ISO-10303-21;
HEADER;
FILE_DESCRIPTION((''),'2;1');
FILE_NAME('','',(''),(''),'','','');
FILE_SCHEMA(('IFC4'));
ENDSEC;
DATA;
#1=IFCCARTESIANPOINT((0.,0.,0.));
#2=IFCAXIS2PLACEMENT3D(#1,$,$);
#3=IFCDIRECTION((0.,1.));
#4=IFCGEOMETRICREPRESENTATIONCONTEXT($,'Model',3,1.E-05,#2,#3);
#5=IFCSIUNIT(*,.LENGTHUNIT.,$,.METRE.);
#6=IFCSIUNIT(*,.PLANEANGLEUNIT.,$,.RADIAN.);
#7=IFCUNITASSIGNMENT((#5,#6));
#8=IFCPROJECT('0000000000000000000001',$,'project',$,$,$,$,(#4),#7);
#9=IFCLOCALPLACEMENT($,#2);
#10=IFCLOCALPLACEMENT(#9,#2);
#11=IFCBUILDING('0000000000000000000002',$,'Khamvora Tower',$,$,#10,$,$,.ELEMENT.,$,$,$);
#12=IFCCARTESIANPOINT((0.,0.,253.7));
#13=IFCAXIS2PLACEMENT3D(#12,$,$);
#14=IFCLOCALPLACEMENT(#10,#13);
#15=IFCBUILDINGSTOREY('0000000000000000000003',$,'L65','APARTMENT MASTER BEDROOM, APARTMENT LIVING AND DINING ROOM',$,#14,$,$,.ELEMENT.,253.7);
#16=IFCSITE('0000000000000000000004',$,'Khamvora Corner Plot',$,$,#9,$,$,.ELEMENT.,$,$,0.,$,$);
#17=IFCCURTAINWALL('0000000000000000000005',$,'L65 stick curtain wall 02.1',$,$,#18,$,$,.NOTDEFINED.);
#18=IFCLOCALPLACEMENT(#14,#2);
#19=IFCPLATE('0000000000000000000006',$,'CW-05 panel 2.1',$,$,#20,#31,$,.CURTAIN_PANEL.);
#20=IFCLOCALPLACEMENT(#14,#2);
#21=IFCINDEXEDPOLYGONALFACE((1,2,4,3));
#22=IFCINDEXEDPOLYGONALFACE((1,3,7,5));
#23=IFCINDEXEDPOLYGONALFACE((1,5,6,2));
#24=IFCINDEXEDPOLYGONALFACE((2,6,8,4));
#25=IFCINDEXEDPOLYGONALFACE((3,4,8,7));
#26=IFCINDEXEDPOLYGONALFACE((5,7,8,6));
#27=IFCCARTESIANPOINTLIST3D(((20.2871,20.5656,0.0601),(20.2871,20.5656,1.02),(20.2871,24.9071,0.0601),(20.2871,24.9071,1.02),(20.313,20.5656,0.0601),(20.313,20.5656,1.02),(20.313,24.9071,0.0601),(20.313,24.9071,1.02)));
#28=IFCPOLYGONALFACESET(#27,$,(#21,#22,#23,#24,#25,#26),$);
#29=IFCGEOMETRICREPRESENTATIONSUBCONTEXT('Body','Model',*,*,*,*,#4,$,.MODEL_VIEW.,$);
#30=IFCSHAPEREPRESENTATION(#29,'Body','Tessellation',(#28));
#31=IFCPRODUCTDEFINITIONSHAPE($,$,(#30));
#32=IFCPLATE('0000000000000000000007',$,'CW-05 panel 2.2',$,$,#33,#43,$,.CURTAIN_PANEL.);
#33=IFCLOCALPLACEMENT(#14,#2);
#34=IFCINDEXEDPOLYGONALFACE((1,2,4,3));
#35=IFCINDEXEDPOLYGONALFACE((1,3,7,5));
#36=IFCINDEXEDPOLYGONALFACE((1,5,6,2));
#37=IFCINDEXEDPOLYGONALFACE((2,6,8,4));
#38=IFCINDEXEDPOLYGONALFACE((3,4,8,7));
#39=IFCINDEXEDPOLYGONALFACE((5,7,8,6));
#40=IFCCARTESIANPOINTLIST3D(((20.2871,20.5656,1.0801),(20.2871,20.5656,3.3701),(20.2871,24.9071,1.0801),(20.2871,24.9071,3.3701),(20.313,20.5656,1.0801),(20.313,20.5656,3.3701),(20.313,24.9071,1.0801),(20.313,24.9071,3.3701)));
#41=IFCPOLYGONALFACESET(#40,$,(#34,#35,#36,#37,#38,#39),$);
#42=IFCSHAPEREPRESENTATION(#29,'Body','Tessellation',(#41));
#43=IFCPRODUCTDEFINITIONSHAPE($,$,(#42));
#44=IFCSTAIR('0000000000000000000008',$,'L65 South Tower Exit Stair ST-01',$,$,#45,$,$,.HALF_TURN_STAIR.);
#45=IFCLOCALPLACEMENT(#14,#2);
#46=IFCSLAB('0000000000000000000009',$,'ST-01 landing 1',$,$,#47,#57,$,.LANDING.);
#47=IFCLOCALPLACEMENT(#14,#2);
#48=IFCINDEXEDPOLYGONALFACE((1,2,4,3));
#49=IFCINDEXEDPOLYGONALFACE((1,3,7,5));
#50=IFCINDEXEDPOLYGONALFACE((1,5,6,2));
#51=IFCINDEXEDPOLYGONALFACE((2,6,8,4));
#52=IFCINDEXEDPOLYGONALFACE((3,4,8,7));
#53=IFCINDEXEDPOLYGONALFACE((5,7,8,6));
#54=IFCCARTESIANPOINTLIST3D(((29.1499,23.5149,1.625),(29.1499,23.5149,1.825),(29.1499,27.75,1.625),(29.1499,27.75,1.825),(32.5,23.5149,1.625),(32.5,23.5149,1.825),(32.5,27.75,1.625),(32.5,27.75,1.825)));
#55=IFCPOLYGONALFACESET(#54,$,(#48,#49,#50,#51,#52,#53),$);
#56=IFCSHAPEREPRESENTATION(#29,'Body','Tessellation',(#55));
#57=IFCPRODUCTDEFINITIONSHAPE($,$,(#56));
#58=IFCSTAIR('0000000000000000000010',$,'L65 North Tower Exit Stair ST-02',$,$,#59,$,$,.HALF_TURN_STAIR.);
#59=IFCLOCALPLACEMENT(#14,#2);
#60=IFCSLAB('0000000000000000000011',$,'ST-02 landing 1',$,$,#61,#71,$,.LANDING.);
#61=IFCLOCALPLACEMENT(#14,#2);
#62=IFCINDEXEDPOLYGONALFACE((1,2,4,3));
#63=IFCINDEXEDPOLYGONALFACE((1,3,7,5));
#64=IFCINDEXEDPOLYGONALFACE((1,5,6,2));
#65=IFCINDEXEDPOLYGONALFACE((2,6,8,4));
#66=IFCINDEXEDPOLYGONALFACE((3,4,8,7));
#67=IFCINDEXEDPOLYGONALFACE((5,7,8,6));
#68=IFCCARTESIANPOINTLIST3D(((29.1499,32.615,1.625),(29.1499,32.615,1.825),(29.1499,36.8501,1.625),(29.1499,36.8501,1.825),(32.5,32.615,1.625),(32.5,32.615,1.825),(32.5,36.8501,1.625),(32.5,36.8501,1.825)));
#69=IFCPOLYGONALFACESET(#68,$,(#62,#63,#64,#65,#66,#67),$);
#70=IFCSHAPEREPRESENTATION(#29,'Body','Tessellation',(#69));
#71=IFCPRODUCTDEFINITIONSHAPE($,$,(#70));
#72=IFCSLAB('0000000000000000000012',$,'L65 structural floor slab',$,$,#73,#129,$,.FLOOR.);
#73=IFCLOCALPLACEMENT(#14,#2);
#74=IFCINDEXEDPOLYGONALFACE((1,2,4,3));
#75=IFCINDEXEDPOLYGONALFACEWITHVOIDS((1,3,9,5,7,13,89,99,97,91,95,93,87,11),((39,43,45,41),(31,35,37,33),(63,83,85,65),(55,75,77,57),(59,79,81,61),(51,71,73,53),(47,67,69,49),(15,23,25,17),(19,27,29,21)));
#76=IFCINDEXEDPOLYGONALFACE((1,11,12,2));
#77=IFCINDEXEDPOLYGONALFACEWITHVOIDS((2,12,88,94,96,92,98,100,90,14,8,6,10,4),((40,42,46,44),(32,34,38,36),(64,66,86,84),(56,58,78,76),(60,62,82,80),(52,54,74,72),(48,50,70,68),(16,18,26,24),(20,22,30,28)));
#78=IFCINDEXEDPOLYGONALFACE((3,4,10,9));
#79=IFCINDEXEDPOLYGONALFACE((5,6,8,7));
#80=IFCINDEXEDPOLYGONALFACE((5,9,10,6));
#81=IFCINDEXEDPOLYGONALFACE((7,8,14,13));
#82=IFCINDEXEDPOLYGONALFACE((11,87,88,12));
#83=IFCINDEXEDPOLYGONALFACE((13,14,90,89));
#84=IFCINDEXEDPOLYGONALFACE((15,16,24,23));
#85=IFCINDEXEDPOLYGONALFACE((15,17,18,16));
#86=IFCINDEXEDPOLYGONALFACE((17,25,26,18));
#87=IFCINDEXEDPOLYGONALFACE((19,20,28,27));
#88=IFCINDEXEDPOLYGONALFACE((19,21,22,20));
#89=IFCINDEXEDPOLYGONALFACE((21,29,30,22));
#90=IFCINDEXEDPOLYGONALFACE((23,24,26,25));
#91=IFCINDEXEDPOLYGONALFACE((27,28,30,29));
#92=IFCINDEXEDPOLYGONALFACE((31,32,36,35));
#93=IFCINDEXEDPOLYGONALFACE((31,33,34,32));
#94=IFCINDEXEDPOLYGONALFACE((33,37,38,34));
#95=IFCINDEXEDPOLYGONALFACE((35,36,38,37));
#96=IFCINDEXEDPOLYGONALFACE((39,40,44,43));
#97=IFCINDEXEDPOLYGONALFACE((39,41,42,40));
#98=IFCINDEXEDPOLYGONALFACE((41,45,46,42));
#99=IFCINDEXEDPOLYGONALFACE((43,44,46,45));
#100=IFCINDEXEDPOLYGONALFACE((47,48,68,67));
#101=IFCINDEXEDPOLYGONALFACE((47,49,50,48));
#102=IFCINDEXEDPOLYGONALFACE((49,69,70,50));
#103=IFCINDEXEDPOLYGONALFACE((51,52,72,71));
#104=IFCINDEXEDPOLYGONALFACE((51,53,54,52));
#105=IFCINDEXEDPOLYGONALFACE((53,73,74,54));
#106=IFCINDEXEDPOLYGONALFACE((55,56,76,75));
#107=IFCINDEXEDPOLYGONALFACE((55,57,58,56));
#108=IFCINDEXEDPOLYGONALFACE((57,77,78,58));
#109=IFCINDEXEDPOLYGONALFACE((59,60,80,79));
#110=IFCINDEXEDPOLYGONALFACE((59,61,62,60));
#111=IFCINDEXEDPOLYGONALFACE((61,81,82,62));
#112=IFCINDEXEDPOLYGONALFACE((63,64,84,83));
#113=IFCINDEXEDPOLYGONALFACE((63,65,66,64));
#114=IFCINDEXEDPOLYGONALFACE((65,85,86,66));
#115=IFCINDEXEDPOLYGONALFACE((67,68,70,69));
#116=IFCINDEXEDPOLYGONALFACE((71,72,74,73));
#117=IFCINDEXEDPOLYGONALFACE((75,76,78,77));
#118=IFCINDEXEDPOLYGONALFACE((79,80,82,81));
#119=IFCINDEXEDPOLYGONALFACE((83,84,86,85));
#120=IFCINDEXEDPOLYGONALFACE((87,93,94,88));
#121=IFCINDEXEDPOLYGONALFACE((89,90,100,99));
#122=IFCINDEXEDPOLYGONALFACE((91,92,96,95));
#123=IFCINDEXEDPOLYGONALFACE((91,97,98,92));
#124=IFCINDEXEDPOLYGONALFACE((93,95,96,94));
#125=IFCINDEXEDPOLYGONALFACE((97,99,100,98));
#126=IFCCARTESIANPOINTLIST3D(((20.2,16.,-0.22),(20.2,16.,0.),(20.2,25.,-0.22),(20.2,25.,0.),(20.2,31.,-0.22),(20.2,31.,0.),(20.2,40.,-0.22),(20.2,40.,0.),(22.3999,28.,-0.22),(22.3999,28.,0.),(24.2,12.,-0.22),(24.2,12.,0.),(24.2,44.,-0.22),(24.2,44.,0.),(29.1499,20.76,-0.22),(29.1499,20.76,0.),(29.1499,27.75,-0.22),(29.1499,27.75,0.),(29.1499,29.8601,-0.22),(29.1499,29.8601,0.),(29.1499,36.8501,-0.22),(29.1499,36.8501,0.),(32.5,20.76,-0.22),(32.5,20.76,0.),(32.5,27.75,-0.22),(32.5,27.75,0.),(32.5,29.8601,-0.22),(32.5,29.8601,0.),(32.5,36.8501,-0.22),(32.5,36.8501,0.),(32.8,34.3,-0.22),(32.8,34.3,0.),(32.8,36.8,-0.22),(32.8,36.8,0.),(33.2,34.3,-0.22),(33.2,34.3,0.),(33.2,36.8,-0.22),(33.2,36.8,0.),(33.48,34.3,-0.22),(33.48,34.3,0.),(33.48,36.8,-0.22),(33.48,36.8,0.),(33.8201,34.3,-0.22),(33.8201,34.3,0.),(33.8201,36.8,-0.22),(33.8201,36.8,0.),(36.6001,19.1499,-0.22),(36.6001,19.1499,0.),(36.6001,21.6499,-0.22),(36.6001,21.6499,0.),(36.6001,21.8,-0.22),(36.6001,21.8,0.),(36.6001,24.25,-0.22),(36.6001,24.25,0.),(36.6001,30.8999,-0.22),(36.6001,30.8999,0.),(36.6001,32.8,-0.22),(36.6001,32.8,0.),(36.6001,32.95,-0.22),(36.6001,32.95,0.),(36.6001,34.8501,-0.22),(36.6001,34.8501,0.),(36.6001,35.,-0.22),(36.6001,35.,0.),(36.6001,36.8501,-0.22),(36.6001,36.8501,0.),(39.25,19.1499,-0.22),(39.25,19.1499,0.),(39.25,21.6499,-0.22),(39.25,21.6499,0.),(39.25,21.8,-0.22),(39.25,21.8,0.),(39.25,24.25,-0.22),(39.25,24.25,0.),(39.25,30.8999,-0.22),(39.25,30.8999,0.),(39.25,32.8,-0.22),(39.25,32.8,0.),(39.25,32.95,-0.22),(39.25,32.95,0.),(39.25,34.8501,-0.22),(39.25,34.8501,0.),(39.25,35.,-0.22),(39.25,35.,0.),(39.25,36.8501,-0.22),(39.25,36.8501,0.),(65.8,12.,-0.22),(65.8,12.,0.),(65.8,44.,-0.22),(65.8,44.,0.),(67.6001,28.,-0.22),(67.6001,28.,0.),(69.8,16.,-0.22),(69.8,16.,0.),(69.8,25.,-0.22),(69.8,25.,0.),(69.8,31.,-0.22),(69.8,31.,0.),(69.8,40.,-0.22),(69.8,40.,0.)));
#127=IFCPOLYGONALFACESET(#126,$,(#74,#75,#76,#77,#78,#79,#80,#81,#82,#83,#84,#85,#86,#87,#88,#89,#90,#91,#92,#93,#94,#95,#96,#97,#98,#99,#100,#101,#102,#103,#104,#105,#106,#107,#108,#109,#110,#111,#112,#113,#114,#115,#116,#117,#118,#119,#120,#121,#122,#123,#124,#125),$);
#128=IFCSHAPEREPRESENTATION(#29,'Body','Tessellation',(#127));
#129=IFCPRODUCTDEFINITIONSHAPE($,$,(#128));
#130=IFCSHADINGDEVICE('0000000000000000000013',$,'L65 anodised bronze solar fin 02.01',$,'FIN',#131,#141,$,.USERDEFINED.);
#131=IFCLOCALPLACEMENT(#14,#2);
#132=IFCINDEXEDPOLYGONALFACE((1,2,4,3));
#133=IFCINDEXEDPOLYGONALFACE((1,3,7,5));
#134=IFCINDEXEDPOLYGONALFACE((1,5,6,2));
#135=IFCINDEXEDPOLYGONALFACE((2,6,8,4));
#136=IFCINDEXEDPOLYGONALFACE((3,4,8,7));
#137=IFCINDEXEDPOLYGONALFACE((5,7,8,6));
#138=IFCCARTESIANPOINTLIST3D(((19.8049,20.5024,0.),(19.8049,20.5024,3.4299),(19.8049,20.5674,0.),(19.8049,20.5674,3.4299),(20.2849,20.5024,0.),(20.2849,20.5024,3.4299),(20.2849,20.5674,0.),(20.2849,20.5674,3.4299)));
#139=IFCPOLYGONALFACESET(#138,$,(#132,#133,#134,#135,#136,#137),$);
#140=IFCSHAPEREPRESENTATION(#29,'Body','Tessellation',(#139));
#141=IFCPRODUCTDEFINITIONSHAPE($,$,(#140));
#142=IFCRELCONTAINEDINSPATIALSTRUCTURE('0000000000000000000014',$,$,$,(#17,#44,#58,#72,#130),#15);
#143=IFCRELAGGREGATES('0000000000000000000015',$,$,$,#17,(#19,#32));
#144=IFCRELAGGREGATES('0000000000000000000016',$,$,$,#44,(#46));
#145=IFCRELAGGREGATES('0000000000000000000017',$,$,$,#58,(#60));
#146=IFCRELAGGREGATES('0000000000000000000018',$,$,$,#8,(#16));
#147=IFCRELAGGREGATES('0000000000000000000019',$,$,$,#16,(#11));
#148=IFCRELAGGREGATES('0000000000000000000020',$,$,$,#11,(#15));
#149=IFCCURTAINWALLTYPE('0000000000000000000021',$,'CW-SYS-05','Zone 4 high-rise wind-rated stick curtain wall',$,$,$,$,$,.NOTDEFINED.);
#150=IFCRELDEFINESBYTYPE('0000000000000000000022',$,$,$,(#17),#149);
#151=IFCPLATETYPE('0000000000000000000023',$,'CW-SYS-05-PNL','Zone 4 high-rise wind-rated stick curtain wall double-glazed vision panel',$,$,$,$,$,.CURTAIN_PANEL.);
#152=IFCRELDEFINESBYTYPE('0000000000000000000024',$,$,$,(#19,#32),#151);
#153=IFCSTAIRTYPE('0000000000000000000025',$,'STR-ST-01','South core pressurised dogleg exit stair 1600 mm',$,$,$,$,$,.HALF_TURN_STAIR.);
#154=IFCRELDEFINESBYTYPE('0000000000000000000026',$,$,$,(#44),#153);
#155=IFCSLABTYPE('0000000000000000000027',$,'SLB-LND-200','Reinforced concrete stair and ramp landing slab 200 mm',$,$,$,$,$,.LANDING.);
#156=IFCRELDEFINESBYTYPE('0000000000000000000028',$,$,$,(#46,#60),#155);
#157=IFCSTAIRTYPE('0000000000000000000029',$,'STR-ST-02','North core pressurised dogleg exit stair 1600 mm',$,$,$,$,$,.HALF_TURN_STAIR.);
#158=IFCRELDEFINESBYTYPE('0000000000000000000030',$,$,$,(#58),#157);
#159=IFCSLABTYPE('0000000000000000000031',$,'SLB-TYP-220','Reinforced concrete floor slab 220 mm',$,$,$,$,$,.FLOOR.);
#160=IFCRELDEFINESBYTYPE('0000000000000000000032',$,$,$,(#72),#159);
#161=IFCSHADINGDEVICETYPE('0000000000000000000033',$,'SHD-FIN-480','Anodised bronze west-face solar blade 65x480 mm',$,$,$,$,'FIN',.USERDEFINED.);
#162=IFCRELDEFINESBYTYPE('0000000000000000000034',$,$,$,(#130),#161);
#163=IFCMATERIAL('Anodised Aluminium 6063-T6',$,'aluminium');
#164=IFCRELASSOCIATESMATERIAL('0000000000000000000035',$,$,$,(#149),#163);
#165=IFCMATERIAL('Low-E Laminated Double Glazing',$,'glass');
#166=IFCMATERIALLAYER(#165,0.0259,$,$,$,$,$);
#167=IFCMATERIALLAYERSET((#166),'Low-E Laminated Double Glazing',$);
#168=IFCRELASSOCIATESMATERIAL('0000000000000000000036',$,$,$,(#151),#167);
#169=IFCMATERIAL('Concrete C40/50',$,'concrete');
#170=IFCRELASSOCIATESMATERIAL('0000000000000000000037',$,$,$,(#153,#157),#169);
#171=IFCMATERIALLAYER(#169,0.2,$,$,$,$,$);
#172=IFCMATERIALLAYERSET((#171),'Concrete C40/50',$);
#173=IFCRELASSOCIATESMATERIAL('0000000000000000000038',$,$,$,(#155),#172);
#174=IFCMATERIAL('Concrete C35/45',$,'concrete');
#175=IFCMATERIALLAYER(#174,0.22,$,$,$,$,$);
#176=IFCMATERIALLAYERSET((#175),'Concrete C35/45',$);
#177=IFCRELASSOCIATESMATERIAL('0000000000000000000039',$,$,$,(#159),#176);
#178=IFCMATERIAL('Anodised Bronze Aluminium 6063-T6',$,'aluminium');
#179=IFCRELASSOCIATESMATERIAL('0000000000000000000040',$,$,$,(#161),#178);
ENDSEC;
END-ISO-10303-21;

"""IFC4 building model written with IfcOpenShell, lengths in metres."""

from ifc_helpers import new_model, si_unit, direction, frame, origin, origin_2d, place, context, subcontext, project, spatial, polyline, rectangle, outline, extrude, material, layer, layer_set, type_object, element, aggregate, save


model = new_model("IFC4")

# Units and contexts
model_context = context("Model", 3, precision=1e-05, world=origin(), true_north=direction((0.0, 1.0)))
body_context = subcontext(model_context, "Body", "Model", "MODEL_VIEW")
ifc_project = project(units=[si_unit("LENGTHUNIT", "METRE"), si_unit("PLANEANGLEUNIT", "RADIAN")], contexts=[model_context])

# Site, building, storey
site_placement = place(None, origin())
site = spatial("IfcSite", under=ifc_project, at=site_placement, Name="Khamvora Corner Plot", CompositionType="ELEMENT", RefElevation=0.0)
building_placement = place(site_placement, origin())
building = spatial("IfcBuilding", under=site, at=building_placement, Name="Khamvora Tower", CompositionType="ELEMENT")
storey_placement = place(building_placement, frame((0.0, 0.0, 253.7)))
storey = spatial("IfcBuildingStorey", under=building, at=storey_placement, Name="L65", Description="APARTMENT MASTER BEDROOM, APARTMENT LIVING AND DINING ROOM", CompositionType="ELEMENT", Elevation=253.7)

# Curtain wall, plates
ifc_material_1 = material(Name="Anodised Aluminium 6063-T6", Category="aluminium")
curtain_wall_type = type_object("IfcCurtainWallType", Name="CW-SYS-05", Description="Zone 4 high-rise wind-rated stick curtain wall", PredefinedType="NOTDEFINED", material=ifc_material_1)
curtain_wall_placement = place(storey_placement, origin())
curtain_wall = element("IfcCurtainWall", 1, at=curtain_wall_placement, inside=storey, type_object=curtain_wall_type, Name="L65 stick curtain wall 02.1", PredefinedType="NOTDEFINED")
ifc_material_2 = material(Name="Low-E Laminated Double Glazing", Category="glass")
ifc_layer_1 = layer(ifc_material_2, 0.0259)
ifc_layer_set_1 = layer_set([ifc_layer_1], Name="Low-E Laminated Double Glazing")
plate_type = type_object("IfcPlateType", Name="CW-SYS-05-PNL", Description="Zone 4 high-rise wind-rated stick curtain wall double-glazed vision panel", PredefinedType="CURTAIN_PANEL", material=ifc_layer_set_1)
plate_1_placement = place(storey_placement, frame((20.3, 22.7363, 0.0601), z_axis=(0.0, 0.0, 1.0), x_axis=(0.0, 1.0, 0.0)))
plate_1 = element("IfcPlate", 2, at=plate_1_placement, type_object=plate_type, Name="CW-05 panel 2.1", PredefinedType="CURTAIN_PANEL", context=body_context, shape_type="SweptSolid", body=[
    extrude(rectangle(XDim=4.3416, YDim=0.0259, at=origin_2d()), origin(), (0.0, 0.0, 1.0), 0.96),
])
plate_2_placement = place(storey_placement, frame((20.3, 22.7363, 1.0801), z_axis=(0.0, 0.0, 1.0), x_axis=(0.0, 1.0, 0.0)))
plate_2 = element("IfcPlate", 3, at=plate_2_placement, type_object=plate_type, Name="CW-05 panel 2.2", PredefinedType="CURTAIN_PANEL", context=body_context, shape_type="SweptSolid", body=[
    extrude(rectangle(XDim=4.3416, YDim=0.0259, at=origin_2d()), origin(), (0.0, 0.0, 1.0), 2.29),
])
aggregate(curtain_wall, [plate_1, plate_2])

# Stairs, slabs
ifc_material_3 = material(Name="Concrete C40/50", Category="concrete")
stair_type_1 = type_object("IfcStairType", Name="STR-ST-01", Description="South core pressurised dogleg exit stair 1600 mm", PredefinedType="HALF_TURN_STAIR", material=ifc_material_3)
stair_1_placement = place(storey_placement, origin())
stair_1 = element("IfcStair", 4, at=stair_1_placement, inside=storey, type_object=stair_type_1, Name="L65 South Tower Exit Stair ST-01", PredefinedType="HALF_TURN_STAIR")
ifc_layer_2 = layer(ifc_material_3, 0.2)
ifc_layer_set_2 = layer_set([ifc_layer_2], Name="Concrete C40/50")
slab_type_1 = type_object("IfcSlabType", Name="SLB-LND-200", Description="Reinforced concrete stair and ramp landing slab 200 mm", PredefinedType="LANDING", material=ifc_layer_set_2)
slab_1_placement = place(storey_placement, frame((0.0, 0.0, 1.625)))
slab_1 = element("IfcSlab", 5, at=slab_1_placement, type_object=slab_type_1, Name="ST-01 landing 1", PredefinedType="LANDING", context=body_context, shape_type="SweptSolid", body=[
    extrude(outline(polyline([(32.5, 23.5149), (32.5, 27.75), (29.1499, 27.75), (29.1499, 23.5149), (32.5, 23.5149)])), origin(), (0.0, 0.0, 1.0), 0.2),
])
aggregate(stair_1, [slab_1])
stair_type_2 = type_object("IfcStairType", Name="STR-ST-02", Description="North core pressurised dogleg exit stair 1600 mm", PredefinedType="HALF_TURN_STAIR", material=ifc_material_3)
stair_2_placement = place(storey_placement, origin())
stair_2 = element("IfcStair", 6, at=stair_2_placement, inside=storey, type_object=stair_type_2, Name="L65 North Tower Exit Stair ST-02", PredefinedType="HALF_TURN_STAIR")
slab_2_placement = place(storey_placement, frame((0.0, 0.0, 1.625)))
slab_2 = element("IfcSlab", 7, at=slab_2_placement, type_object=slab_type_1, Name="ST-02 landing 1", PredefinedType="LANDING", context=body_context, shape_type="SweptSolid", body=[
    extrude(outline(polyline([(32.5, 32.615), (32.5, 36.8501), (29.1499, 36.8501), (29.1499, 32.615), (32.5, 32.615)])), origin(), (0.0, 0.0, 1.0), 0.2),
])
aggregate(stair_2, [slab_2])

# Slab
ifc_material_4 = material(Name="Concrete C35/45", Category="concrete")
ifc_layer_3 = layer(ifc_material_4, 0.22)
ifc_layer_set_3 = layer_set([ifc_layer_3], Name="Concrete C35/45")
slab_type_2 = type_object("IfcSlabType", Name="SLB-TYP-220", Description="Reinforced concrete floor slab 220 mm", PredefinedType="FLOOR", material=ifc_layer_set_3)
slab_3_placement = place(storey_placement, frame((0.0, 0.0, -0.22)))
element("IfcSlab", 8, at=slab_3_placement, inside=storey, type_object=slab_type_2, Name="L65 structural floor slab", PredefinedType="FLOOR", context=body_context, shape_type="SweptSolid", body=[
    extrude(outline(polyline([(24.2, 12.0), (65.8, 12.0), (69.8, 16.0), (69.8, 25.0), (67.6001, 28.0), (69.8, 31.0), (69.8, 40.0), (65.8, 44.0), (24.2, 44.0), (20.2, 40.0), (20.2, 31.0), (22.3999, 28.0), (20.2, 25.0), (20.2, 16.0), (24.2, 12.0)]), holes=[polyline([(32.5, 20.76), (32.5, 27.75), (29.1499, 27.75), (29.1499, 20.76), (32.5, 20.76)]), polyline([(32.5, 29.8601), (32.5, 36.8501), (29.1499, 36.8501), (29.1499, 29.8601), (32.5, 29.8601)]), polyline([(36.6001, 19.1499), (39.25, 19.1499), (39.25, 21.6499), (36.6001, 21.6499), (36.6001, 19.1499)]), polyline([(36.6001, 21.8), (39.25, 21.8), (39.25, 24.25), (36.6001, 24.25), (36.6001, 21.8)]), polyline([(36.6001, 30.8999), (39.25, 30.8999), (39.25, 32.8), (36.6001, 32.8), (36.6001, 30.8999)]), polyline([(36.6001, 32.95), (39.25, 32.95), (39.25, 34.8501), (36.6001, 34.8501), (36.6001, 32.95)]), polyline([(36.6001, 35.0), (39.25, 35.0), (39.25, 36.8501), (36.6001, 36.8501), (36.6001, 35.0)]), polyline([(32.8, 34.3), (33.2, 34.3), (33.2, 36.8), (32.8, 36.8), (32.8, 34.3)]), polyline([(33.48, 34.3), (33.8201, 34.3), (33.8201, 36.8), (33.48, 36.8), (33.48, 34.3)])]), origin(), (0.0, 0.0, 1.0), 0.22),
])

# Shading device
ifc_material_5 = material(Name="Anodised Bronze Aluminium 6063-T6", Category="aluminium")
shading_device_type = type_object("IfcShadingDeviceType", Name="SHD-FIN-480", Description="Anodised bronze west-face solar blade 65x480 mm", ElementType="FIN", PredefinedType="USERDEFINED", material=ifc_material_5)
shading_device_placement = place(storey_placement, frame((20.0449, 20.5349, 0.0), z_axis=(0.0, 0.0, 1.0), x_axis=(0.0, 1.0, 0.0)))
element("IfcShadingDevice", 9, at=shading_device_placement, inside=storey, type_object=shading_device_type, Name="L65 anodised bronze solar fin 02.01", ObjectType="FIN", PredefinedType="USERDEFINED", context=body_context, shape_type="SweptSolid", body=[
    extrude(rectangle(XDim=0.0649, YDim=0.48, at=origin_2d()), origin(), (0.0, 0.0, 1.0), 3.4299),
])

save(model, "model.ifc")
